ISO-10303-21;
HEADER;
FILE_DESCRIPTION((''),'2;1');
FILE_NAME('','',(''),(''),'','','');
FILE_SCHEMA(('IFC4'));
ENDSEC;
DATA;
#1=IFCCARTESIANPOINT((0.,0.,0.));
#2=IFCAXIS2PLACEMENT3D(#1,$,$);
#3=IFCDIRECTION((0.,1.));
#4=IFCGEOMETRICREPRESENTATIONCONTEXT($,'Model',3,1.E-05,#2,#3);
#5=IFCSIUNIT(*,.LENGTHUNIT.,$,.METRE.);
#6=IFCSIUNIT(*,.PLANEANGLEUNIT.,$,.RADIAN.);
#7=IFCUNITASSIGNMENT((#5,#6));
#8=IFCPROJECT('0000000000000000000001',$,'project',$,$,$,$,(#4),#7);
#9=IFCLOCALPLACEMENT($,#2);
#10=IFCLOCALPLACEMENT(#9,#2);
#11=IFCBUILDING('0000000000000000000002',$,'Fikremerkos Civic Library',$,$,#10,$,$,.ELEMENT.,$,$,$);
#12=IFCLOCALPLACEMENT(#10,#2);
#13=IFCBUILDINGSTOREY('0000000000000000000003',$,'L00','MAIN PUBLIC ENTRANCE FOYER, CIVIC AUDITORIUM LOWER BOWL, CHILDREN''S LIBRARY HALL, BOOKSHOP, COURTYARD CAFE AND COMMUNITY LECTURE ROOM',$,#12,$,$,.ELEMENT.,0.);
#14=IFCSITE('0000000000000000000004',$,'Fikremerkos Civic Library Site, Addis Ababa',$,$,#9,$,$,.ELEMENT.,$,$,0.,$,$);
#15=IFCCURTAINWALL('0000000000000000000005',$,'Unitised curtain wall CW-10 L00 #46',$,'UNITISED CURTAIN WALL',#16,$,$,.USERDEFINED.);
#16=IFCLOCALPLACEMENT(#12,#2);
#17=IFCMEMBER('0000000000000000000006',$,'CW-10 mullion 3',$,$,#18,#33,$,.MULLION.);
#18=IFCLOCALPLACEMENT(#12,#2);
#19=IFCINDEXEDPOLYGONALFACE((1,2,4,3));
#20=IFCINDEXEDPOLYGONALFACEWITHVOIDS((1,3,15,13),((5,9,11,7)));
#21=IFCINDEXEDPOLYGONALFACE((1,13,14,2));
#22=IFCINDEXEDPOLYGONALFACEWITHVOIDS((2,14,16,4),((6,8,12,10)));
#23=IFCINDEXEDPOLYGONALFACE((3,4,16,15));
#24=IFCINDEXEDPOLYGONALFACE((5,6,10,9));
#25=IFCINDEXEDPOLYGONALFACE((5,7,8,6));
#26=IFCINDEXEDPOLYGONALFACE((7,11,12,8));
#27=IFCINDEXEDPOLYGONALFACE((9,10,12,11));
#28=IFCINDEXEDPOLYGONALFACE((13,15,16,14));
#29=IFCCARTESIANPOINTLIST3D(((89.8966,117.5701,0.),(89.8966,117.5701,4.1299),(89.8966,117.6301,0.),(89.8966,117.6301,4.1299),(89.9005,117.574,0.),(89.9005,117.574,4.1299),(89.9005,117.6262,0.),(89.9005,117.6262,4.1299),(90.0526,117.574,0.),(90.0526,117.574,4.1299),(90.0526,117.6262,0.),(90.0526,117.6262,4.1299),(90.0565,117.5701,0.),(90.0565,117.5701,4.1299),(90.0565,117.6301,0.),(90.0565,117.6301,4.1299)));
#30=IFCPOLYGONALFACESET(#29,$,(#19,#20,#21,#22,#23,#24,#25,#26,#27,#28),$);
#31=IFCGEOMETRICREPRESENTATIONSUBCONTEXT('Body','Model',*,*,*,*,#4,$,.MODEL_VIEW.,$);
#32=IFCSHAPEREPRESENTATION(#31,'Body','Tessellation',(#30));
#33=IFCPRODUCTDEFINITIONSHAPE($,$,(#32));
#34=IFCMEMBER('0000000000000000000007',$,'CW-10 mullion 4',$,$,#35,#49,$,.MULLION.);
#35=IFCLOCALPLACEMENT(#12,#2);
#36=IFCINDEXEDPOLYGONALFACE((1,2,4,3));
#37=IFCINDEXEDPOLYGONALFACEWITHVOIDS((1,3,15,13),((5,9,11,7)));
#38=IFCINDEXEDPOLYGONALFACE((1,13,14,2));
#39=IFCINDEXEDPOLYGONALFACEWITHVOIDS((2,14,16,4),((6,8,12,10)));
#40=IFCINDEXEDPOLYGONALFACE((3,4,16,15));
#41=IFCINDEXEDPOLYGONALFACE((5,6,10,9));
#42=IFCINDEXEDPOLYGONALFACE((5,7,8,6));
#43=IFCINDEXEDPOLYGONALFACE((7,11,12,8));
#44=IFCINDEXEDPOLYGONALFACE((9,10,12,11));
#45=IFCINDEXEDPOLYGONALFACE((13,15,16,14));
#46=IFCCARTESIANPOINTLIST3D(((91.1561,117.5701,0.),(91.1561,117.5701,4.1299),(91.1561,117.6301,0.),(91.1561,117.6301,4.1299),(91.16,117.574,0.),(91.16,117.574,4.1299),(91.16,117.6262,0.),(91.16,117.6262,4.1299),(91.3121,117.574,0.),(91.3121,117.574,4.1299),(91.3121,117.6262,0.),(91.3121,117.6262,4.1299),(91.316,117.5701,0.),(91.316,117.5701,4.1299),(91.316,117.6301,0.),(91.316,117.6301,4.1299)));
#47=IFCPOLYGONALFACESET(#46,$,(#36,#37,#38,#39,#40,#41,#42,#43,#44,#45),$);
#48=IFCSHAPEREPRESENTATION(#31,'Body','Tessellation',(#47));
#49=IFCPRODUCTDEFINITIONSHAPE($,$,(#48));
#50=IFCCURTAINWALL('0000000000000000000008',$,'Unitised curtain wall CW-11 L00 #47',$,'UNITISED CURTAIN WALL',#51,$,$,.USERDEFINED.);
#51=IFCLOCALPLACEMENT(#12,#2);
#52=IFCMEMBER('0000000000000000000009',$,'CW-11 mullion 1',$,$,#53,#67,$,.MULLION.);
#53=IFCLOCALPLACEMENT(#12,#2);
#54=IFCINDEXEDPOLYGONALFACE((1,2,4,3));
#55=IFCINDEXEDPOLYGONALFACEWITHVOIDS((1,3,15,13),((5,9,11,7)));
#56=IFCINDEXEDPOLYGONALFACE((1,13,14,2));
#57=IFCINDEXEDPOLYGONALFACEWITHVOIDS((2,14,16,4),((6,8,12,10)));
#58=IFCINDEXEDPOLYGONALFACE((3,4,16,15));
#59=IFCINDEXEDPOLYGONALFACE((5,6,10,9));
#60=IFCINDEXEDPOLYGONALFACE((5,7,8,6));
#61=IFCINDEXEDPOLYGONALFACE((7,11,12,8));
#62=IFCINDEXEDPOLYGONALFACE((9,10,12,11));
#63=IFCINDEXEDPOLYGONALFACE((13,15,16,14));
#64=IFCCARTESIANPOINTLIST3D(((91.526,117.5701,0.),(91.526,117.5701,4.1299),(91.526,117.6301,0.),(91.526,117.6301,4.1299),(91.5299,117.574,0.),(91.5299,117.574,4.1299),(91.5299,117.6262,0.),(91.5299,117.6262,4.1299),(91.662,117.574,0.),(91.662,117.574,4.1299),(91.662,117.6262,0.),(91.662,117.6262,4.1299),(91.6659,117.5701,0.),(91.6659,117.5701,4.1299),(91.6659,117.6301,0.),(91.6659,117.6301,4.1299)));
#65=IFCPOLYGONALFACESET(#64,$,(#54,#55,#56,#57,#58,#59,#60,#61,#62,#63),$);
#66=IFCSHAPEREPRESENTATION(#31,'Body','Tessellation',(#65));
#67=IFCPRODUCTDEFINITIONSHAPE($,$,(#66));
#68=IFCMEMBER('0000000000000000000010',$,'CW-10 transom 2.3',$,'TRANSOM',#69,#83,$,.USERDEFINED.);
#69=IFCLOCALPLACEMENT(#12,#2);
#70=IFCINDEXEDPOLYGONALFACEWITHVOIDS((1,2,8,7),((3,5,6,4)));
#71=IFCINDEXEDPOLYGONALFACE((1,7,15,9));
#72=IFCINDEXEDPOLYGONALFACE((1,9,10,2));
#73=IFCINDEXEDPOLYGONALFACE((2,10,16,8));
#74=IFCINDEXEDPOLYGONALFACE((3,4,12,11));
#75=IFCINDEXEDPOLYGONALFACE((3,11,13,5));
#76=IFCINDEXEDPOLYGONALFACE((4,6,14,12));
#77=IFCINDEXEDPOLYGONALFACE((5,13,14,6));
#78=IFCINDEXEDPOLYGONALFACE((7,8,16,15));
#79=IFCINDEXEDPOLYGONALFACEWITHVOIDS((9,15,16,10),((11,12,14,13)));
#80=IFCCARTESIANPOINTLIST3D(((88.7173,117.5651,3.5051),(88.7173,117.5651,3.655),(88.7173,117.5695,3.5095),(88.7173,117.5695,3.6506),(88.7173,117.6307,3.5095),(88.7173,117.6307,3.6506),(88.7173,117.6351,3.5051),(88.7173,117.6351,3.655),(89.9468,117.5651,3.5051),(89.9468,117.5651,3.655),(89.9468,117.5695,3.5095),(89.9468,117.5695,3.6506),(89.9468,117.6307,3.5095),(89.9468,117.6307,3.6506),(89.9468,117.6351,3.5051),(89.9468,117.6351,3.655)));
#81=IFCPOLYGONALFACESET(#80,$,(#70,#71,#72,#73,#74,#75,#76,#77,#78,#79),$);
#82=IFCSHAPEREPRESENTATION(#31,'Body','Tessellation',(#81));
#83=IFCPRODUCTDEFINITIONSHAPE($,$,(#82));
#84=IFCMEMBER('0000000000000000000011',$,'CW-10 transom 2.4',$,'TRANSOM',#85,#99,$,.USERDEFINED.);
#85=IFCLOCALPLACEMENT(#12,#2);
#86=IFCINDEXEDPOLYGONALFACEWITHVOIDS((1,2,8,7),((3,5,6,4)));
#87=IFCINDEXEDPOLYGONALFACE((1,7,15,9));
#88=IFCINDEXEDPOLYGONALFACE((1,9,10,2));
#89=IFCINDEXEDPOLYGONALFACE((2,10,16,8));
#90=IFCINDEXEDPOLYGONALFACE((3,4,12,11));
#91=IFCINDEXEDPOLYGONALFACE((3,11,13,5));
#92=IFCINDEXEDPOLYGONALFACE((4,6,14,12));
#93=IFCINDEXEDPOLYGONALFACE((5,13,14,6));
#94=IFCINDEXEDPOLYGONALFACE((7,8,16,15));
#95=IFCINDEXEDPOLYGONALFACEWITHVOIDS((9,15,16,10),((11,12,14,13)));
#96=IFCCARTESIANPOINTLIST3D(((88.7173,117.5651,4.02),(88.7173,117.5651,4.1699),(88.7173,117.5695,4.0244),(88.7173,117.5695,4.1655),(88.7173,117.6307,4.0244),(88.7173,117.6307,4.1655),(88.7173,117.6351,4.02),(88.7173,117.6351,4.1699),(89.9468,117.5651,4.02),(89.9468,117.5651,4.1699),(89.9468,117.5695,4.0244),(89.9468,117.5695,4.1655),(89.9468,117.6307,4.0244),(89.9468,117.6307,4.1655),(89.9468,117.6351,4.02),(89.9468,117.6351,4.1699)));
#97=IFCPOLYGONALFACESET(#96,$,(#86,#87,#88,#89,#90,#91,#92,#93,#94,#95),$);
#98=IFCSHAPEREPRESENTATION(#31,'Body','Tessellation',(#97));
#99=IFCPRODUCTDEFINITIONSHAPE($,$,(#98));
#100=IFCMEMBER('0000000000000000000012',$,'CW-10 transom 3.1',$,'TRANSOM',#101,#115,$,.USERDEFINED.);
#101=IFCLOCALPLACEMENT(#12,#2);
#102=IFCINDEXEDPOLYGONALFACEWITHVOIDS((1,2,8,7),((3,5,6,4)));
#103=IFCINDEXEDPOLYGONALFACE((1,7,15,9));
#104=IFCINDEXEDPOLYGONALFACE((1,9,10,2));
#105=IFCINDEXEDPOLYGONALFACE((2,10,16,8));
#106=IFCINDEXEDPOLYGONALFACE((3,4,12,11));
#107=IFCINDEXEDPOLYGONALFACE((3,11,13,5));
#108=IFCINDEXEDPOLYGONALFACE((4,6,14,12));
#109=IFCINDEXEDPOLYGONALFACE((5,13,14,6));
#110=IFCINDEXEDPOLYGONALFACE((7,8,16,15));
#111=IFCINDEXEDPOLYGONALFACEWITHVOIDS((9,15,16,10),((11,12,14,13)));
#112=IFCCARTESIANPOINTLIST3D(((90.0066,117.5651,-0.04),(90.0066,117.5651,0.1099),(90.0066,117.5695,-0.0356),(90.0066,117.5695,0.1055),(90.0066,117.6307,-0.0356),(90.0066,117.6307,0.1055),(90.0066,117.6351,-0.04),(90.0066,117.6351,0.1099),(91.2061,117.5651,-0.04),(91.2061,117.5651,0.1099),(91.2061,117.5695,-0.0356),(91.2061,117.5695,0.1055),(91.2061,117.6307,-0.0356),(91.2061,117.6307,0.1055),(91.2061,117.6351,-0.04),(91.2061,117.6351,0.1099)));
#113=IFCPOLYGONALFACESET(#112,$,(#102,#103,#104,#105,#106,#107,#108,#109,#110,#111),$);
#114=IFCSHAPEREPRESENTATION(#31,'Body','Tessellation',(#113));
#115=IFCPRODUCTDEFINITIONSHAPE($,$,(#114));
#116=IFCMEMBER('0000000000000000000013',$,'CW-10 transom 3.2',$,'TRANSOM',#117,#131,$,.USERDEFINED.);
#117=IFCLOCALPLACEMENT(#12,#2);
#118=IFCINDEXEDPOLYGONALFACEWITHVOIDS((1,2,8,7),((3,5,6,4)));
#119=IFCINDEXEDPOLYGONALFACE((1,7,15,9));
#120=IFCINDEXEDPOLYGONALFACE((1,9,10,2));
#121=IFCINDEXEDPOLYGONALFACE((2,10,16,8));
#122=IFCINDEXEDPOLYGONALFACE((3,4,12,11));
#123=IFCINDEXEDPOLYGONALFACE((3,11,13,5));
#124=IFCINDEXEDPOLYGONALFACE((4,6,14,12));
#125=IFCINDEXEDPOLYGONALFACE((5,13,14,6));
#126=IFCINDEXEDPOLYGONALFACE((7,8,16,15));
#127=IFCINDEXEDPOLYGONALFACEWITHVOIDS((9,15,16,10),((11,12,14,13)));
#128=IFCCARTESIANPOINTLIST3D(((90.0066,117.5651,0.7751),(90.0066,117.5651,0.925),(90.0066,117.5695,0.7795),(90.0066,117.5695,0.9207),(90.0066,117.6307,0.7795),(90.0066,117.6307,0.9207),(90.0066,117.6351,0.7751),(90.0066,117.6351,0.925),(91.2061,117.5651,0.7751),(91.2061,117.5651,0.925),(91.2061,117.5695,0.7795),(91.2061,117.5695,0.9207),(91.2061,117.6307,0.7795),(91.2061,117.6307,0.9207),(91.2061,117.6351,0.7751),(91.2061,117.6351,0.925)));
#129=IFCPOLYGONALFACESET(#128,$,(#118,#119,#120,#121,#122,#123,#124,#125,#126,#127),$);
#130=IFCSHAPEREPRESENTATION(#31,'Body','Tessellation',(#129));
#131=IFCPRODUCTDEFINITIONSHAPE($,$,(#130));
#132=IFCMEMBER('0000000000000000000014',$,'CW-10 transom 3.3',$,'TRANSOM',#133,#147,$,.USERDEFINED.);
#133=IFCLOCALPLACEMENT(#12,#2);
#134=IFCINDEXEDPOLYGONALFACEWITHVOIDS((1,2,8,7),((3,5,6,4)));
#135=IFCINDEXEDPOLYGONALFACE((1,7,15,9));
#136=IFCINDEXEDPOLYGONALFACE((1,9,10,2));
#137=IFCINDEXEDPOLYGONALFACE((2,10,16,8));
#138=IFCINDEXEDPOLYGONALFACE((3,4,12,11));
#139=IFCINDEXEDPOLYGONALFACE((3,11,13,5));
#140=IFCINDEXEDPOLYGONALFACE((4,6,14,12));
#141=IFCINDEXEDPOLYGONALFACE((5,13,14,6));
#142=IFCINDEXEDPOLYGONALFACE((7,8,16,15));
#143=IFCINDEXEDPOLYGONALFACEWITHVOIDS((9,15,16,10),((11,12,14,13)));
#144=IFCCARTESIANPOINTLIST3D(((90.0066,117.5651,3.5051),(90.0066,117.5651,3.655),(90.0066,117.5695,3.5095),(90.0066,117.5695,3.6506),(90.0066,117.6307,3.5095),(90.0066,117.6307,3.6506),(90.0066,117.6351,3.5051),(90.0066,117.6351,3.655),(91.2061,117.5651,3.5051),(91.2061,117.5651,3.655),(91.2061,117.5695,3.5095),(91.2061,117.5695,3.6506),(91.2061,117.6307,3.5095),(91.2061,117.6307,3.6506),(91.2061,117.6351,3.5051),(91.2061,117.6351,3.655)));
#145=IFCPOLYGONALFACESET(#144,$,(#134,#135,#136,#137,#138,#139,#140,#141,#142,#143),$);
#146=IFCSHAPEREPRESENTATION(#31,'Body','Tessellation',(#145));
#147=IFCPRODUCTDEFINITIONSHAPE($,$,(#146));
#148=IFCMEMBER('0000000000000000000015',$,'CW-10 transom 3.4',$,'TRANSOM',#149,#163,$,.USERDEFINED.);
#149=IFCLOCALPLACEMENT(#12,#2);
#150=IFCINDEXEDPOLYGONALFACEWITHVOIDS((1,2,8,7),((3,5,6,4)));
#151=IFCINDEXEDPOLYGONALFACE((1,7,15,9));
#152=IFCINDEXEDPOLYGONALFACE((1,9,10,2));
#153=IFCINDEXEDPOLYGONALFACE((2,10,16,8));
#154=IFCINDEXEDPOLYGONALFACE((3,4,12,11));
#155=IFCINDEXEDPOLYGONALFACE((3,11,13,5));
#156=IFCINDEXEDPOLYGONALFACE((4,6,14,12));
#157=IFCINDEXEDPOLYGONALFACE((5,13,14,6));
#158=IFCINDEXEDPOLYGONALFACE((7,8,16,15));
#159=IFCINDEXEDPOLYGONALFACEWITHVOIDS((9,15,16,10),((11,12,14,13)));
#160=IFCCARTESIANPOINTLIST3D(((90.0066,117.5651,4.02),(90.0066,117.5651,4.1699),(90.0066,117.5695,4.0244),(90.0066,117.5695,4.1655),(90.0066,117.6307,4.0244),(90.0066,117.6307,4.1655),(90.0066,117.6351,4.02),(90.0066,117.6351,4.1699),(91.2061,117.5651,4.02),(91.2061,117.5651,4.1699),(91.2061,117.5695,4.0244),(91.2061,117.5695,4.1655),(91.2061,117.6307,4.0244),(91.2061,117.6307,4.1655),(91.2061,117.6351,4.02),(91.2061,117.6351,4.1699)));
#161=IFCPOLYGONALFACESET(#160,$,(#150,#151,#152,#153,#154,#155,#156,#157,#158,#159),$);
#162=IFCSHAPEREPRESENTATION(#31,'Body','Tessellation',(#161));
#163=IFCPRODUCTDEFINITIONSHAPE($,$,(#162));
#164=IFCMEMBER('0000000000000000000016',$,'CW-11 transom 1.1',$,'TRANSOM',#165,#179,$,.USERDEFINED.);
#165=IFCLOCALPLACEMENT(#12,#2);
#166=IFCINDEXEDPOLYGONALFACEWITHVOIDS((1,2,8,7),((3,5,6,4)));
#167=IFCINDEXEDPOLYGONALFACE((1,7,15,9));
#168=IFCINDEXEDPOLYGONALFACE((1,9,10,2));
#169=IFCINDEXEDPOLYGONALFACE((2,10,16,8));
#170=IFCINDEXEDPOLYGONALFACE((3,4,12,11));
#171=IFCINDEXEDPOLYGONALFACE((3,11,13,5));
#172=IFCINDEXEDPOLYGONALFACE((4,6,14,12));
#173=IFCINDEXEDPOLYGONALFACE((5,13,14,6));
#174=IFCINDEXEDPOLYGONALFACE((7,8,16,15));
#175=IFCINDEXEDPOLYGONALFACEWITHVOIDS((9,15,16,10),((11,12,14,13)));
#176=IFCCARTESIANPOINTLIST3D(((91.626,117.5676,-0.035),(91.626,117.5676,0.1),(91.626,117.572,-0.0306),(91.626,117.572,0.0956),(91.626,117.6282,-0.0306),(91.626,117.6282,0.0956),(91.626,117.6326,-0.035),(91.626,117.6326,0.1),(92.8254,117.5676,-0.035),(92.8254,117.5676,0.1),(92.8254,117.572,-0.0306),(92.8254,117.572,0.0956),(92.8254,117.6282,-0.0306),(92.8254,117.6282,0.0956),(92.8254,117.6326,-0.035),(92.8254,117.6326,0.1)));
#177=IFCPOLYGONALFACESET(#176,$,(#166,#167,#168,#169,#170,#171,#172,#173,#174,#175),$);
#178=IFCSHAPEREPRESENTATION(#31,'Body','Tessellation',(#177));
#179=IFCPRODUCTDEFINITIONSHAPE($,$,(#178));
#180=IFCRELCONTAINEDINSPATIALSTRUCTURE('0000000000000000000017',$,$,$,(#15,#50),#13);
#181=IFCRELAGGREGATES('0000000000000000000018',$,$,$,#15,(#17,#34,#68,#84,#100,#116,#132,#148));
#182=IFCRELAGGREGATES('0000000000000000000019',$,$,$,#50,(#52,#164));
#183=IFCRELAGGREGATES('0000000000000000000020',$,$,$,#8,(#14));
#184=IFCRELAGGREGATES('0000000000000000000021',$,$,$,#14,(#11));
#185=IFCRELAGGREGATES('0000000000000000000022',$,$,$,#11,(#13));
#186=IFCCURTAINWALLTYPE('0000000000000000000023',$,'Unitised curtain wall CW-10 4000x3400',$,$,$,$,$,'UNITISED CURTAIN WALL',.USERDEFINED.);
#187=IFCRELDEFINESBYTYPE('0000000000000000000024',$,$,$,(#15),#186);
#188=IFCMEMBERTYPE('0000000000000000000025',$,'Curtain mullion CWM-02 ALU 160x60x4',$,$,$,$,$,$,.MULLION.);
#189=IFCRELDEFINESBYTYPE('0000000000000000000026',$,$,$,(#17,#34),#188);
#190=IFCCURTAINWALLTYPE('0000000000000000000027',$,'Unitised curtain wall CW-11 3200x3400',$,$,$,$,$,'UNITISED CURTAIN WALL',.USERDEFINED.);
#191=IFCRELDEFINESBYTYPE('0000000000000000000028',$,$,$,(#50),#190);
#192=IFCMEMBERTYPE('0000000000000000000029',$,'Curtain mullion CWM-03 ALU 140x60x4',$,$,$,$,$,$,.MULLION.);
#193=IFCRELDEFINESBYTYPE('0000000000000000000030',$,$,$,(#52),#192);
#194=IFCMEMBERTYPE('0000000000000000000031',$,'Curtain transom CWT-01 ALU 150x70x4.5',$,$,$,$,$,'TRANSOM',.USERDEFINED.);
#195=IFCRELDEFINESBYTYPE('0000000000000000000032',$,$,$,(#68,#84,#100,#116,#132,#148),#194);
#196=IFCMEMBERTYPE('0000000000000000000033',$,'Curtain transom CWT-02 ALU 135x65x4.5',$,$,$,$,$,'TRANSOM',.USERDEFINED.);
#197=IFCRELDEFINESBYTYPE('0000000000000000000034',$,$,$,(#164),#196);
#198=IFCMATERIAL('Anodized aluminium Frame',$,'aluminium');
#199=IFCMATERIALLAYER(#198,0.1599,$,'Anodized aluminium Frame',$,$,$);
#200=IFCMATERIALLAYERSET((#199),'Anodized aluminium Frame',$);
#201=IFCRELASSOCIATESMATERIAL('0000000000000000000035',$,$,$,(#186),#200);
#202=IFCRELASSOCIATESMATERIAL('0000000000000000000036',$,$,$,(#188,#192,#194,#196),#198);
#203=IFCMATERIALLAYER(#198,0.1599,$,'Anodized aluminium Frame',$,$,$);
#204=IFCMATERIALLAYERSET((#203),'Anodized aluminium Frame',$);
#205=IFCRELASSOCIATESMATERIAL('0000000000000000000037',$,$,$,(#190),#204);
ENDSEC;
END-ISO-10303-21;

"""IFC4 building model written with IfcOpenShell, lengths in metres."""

from ifc_helpers import new_model, si_unit, direction, frame, origin, origin_2d, place, context, subcontext, project, spatial, hollow_rectangle, extrude, material, layer, layer_set, material_profile, profile_set, type_object, element, aggregate, save


model = new_model("IFC4")

# Units and contexts
model_context = context("Model", 3, precision=1e-05, world=origin(), true_north=direction((0.0, 1.0)))
body_context = subcontext(model_context, "Body", "Model", "MODEL_VIEW")
ifc_project = project(units=[si_unit("LENGTHUNIT", "METRE"), si_unit("PLANEANGLEUNIT", "RADIAN")], contexts=[model_context])

# Site, building, storey
site_placement = place(None, origin())
site = spatial("IfcSite", under=ifc_project, at=site_placement, Name="Fikremerkos Civic Library Site, Addis Ababa", CompositionType="ELEMENT", RefElevation=0.0)
building_placement = place(site_placement, origin())
building = spatial("IfcBuilding", under=site, at=building_placement, Name="Fikremerkos Civic Library", CompositionType="ELEMENT")
storey_placement = place(building_placement, origin())
storey = spatial("IfcBuildingStorey", under=building, at=storey_placement, Name="L00", Description="MAIN PUBLIC ENTRANCE FOYER, CIVIC AUDITORIUM LOWER BOWL, CHILDREN'S LIBRARY HALL, BOOKSHOP, COURTYARD CAFE AND COMMUNITY LECTURE ROOM", CompositionType="ELEMENT", Elevation=0.0)

# Curtain wall, members
ifc_material_1 = material(Name="Anodized aluminium Frame", Category="aluminium")
ifc_layer_1 = layer(ifc_material_1, 0.1599, Name="Anodized aluminium Frame")
ifc_layer_set_1 = layer_set([ifc_layer_1], Name="Anodized aluminium Frame")
curtain_wall_type_1 = type_object("IfcCurtainWallType", Name="Unitised curtain wall CW-10 4000x3400", ElementType="UNITISED CURTAIN WALL", PredefinedType="USERDEFINED", material=ifc_layer_set_1)
curtain_wall_1_placement = place(storey_placement, origin())
curtain_wall_1 = element("IfcCurtainWall", 1, at=curtain_wall_1_placement, inside=storey, type_object=curtain_wall_type_1, Name="Unitised curtain wall CW-10 L00 #46", ObjectType="UNITISED CURTAIN WALL", PredefinedType="USERDEFINED")
ifc_material_profile_1 = material_profile(ifc_material_1, hollow_rectangle(XDim=0.0601, YDim=0.1599, WallThickness=0.0039, at=origin_2d()), Name="ALU 160x60x4")
ifc_profile_set_1 = profile_set([ifc_material_profile_1], Name="Anodized aluminium Frame")
member_type_1 = type_object("IfcMemberType", Name="Curtain mullion CWM-02 ALU 160x60x4", PredefinedType="MULLION", material=ifc_profile_set_1)
member_1_placement = place(storey_placement, frame((89.9766, 117.6001, 0.0), z_axis=(0.0, 0.0, 1.0), x_axis=(0.0, 1.0, 0.0)))
member_1 = element("IfcMember", 2, at=member_1_placement, type_object=member_type_1, Name="CW-10 mullion 3", PredefinedType="MULLION", context=body_context, shape_type="SweptSolid", body=[
    extrude(hollow_rectangle(XDim=0.0601, YDim=0.1599, WallThickness=0.0039, at=origin_2d()), origin(), (0.0, 0.0, 1.0), 4.1299),
])
member_2_placement = place(storey_placement, frame((91.2361, 117.6001, 0.0), z_axis=(0.0, 0.0, 1.0), x_axis=(0.0, 1.0, 0.0)))
member_2 = element("IfcMember", 3, at=member_2_placement, type_object=member_type_1, Name="CW-10 mullion 4", PredefinedType="MULLION", context=body_context, shape_type="SweptSolid", body=[
    extrude(hollow_rectangle(XDim=0.0601, YDim=0.1599, WallThickness=0.0039, at=origin_2d()), origin(), (0.0, 0.0, 1.0), 4.1299),
])

# Curtain wall, member
ifc_layer_2 = layer(ifc_material_1, 0.1599, Name="Anodized aluminium Frame")
ifc_layer_set_2 = layer_set([ifc_layer_2], Name="Anodized aluminium Frame")
curtain_wall_type_2 = type_object("IfcCurtainWallType", Name="Unitised curtain wall CW-11 3200x3400", ElementType="UNITISED CURTAIN WALL", PredefinedType="USERDEFINED", material=ifc_layer_set_2)
curtain_wall_2_placement = place(storey_placement, origin())
curtain_wall_2 = element("IfcCurtainWall", 4, at=curtain_wall_2_placement, inside=storey, type_object=curtain_wall_type_2, Name="Unitised curtain wall CW-11 L00 #47", ObjectType="UNITISED CURTAIN WALL", PredefinedType="USERDEFINED")
ifc_material_profile_2 = material_profile(ifc_material_1, hollow_rectangle(XDim=0.0601, YDim=0.1399, WallThickness=0.0039, at=origin_2d()), Name="ALU 140x60x4")
ifc_profile_set_2 = profile_set([ifc_material_profile_2], Name="Anodized aluminium Frame")
member_type_2 = type_object("IfcMemberType", Name="Curtain mullion CWM-03 ALU 140x60x4", PredefinedType="MULLION", material=ifc_profile_set_2)
member_3_placement = place(storey_placement, frame((91.5959, 117.6001, 0.0), z_axis=(0.0, 0.0, 1.0), x_axis=(0.0, 1.0, 0.0)))
member_3 = element("IfcMember", 5, at=member_3_placement, type_object=member_type_2, Name="CW-11 mullion 1", PredefinedType="MULLION", context=body_context, shape_type="SweptSolid", body=[
    extrude(hollow_rectangle(XDim=0.0601, YDim=0.1399, WallThickness=0.0039, at=origin_2d()), origin(), (0.0, 0.0, 1.0), 4.1299),
])

# Members
ifc_material_profile_3 = material_profile(ifc_material_1, hollow_rectangle(XDim=0.0701, YDim=0.1499, WallThickness=0.0044, at=origin_2d()), Name="ALU 150x70x4.5")
ifc_profile_set_3 = profile_set([ifc_material_profile_3], Name="Anodized aluminium Frame")
member_type_3 = type_object("IfcMemberType", Name="Curtain transom CWT-01 ALU 150x70x4.5", ElementType="TRANSOM", PredefinedType="USERDEFINED", material=ifc_profile_set_3)
member_4_placement = place(storey_placement, frame((88.7173, 117.6001, 3.5801), z_axis=(1.0, 0.0, 0.0), x_axis=(0.0, 1.0, 0.0)))
member_4 = element("IfcMember", 6, at=member_4_placement, type_object=member_type_3, Name="CW-10 transom 2.3", ObjectType="TRANSOM", PredefinedType="USERDEFINED", context=body_context, shape_type="SweptSolid", body=[
    extrude(hollow_rectangle(XDim=0.0701, YDim=0.1499, WallThickness=0.0044, at=origin_2d()), origin(), (0.0, 0.0, 1.0), 1.2295),
])
member_5_placement = place(storey_placement, frame((88.7173, 117.6001, 4.095), z_axis=(1.0, 0.0, 0.0), x_axis=(0.0, 1.0, 0.0)))
member_5 = element("IfcMember", 7, at=member_5_placement, type_object=member_type_3, Name="CW-10 transom 2.4", ObjectType="TRANSOM", PredefinedType="USERDEFINED", context=body_context, shape_type="SweptSolid", body=[
    extrude(hollow_rectangle(XDim=0.0701, YDim=0.1499, WallThickness=0.0044, at=origin_2d()), origin(), (0.0, 0.0, 1.0), 1.2295),
])
member_6_placement = place(storey_placement, frame((90.0066, 117.6001, 0.0349), z_axis=(1.0, 0.0, 0.0), x_axis=(0.0, 1.0, 0.0)))
member_6 = element("IfcMember", 8, at=member_6_placement, type_object=member_type_3, Name="CW-10 transom 3.1", ObjectType="TRANSOM", PredefinedType="USERDEFINED", context=body_context, shape_type="SweptSolid", body=[
    extrude(hollow_rectangle(XDim=0.0701, YDim=0.1499, WallThickness=0.0044, at=origin_2d()), origin(), (0.0, 0.0, 1.0), 1.1995),
])
member_7_placement = place(storey_placement, frame((90.0066, 117.6001, 0.8501), z_axis=(1.0, 0.0, 0.0), x_axis=(0.0, 1.0, 0.0)))
member_7 = element("IfcMember", 9, at=member_7_placement, type_object=member_type_3, Name="CW-10 transom 3.2", ObjectType="TRANSOM", PredefinedType="USERDEFINED", context=body_context, shape_type="SweptSolid", body=[
    extrude(hollow_rectangle(XDim=0.0701, YDim=0.1499, WallThickness=0.0044, at=origin_2d()), origin(), (0.0, 0.0, 1.0), 1.1995),
])
member_8_placement = place(storey_placement, frame((90.0066, 117.6001, 3.5801), z_axis=(1.0, 0.0, 0.0), x_axis=(0.0, 1.0, 0.0)))
member_8 = element("IfcMember", 10, at=member_8_placement, type_object=member_type_3, Name="CW-10 transom 3.3", ObjectType="TRANSOM", PredefinedType="USERDEFINED", context=body_context, shape_type="SweptSolid", body=[
    extrude(hollow_rectangle(XDim=0.0701, YDim=0.1499, WallThickness=0.0044, at=origin_2d()), origin(), (0.0, 0.0, 1.0), 1.1995),
])
member_9_placement = place(storey_placement, frame((90.0066, 117.6001, 4.095), z_axis=(1.0, 0.0, 0.0), x_axis=(0.0, 1.0, 0.0)))
member_9 = element("IfcMember", 11, at=member_9_placement, type_object=member_type_3, Name="CW-10 transom 3.4", ObjectType="TRANSOM", PredefinedType="USERDEFINED", context=body_context, shape_type="SweptSolid", body=[
    extrude(hollow_rectangle(XDim=0.0701, YDim=0.1499, WallThickness=0.0044, at=origin_2d()), origin(), (0.0, 0.0, 1.0), 1.1995),
])
ifc_material_profile_4 = material_profile(ifc_material_1, hollow_rectangle(XDim=0.0649, YDim=0.135, WallThickness=0.0044, at=origin_2d()), Name="ALU 135x65x4.5")
ifc_profile_set_4 = profile_set([ifc_material_profile_4], Name="Anodized aluminium Frame")
member_type_4 = type_object("IfcMemberType", Name="Curtain transom CWT-02 ALU 135x65x4.5", ElementType="TRANSOM", PredefinedType="USERDEFINED", material=ifc_profile_set_4)
member_10_placement = place(storey_placement, frame((91.626, 117.6001, 0.0325), z_axis=(1.0, 0.0, 0.0), x_axis=(0.0, 1.0, 0.0)))
member_10 = element("IfcMember", 12, at=member_10_placement, type_object=member_type_4, Name="CW-11 transom 1.1", ObjectType="TRANSOM", PredefinedType="USERDEFINED", context=body_context, shape_type="SweptSolid", body=[
    extrude(hollow_rectangle(XDim=0.0649, YDim=0.135, WallThickness=0.0044, at=origin_2d()), origin(), (0.0, 0.0, 1.0), 1.1995),
])

aggregate(curtain_wall_1, [member_1, member_2, member_4, member_5, member_6, member_7, member_8, member_9])
aggregate(curtain_wall_2, [member_3, member_10])

save(model, "model.ifc")
